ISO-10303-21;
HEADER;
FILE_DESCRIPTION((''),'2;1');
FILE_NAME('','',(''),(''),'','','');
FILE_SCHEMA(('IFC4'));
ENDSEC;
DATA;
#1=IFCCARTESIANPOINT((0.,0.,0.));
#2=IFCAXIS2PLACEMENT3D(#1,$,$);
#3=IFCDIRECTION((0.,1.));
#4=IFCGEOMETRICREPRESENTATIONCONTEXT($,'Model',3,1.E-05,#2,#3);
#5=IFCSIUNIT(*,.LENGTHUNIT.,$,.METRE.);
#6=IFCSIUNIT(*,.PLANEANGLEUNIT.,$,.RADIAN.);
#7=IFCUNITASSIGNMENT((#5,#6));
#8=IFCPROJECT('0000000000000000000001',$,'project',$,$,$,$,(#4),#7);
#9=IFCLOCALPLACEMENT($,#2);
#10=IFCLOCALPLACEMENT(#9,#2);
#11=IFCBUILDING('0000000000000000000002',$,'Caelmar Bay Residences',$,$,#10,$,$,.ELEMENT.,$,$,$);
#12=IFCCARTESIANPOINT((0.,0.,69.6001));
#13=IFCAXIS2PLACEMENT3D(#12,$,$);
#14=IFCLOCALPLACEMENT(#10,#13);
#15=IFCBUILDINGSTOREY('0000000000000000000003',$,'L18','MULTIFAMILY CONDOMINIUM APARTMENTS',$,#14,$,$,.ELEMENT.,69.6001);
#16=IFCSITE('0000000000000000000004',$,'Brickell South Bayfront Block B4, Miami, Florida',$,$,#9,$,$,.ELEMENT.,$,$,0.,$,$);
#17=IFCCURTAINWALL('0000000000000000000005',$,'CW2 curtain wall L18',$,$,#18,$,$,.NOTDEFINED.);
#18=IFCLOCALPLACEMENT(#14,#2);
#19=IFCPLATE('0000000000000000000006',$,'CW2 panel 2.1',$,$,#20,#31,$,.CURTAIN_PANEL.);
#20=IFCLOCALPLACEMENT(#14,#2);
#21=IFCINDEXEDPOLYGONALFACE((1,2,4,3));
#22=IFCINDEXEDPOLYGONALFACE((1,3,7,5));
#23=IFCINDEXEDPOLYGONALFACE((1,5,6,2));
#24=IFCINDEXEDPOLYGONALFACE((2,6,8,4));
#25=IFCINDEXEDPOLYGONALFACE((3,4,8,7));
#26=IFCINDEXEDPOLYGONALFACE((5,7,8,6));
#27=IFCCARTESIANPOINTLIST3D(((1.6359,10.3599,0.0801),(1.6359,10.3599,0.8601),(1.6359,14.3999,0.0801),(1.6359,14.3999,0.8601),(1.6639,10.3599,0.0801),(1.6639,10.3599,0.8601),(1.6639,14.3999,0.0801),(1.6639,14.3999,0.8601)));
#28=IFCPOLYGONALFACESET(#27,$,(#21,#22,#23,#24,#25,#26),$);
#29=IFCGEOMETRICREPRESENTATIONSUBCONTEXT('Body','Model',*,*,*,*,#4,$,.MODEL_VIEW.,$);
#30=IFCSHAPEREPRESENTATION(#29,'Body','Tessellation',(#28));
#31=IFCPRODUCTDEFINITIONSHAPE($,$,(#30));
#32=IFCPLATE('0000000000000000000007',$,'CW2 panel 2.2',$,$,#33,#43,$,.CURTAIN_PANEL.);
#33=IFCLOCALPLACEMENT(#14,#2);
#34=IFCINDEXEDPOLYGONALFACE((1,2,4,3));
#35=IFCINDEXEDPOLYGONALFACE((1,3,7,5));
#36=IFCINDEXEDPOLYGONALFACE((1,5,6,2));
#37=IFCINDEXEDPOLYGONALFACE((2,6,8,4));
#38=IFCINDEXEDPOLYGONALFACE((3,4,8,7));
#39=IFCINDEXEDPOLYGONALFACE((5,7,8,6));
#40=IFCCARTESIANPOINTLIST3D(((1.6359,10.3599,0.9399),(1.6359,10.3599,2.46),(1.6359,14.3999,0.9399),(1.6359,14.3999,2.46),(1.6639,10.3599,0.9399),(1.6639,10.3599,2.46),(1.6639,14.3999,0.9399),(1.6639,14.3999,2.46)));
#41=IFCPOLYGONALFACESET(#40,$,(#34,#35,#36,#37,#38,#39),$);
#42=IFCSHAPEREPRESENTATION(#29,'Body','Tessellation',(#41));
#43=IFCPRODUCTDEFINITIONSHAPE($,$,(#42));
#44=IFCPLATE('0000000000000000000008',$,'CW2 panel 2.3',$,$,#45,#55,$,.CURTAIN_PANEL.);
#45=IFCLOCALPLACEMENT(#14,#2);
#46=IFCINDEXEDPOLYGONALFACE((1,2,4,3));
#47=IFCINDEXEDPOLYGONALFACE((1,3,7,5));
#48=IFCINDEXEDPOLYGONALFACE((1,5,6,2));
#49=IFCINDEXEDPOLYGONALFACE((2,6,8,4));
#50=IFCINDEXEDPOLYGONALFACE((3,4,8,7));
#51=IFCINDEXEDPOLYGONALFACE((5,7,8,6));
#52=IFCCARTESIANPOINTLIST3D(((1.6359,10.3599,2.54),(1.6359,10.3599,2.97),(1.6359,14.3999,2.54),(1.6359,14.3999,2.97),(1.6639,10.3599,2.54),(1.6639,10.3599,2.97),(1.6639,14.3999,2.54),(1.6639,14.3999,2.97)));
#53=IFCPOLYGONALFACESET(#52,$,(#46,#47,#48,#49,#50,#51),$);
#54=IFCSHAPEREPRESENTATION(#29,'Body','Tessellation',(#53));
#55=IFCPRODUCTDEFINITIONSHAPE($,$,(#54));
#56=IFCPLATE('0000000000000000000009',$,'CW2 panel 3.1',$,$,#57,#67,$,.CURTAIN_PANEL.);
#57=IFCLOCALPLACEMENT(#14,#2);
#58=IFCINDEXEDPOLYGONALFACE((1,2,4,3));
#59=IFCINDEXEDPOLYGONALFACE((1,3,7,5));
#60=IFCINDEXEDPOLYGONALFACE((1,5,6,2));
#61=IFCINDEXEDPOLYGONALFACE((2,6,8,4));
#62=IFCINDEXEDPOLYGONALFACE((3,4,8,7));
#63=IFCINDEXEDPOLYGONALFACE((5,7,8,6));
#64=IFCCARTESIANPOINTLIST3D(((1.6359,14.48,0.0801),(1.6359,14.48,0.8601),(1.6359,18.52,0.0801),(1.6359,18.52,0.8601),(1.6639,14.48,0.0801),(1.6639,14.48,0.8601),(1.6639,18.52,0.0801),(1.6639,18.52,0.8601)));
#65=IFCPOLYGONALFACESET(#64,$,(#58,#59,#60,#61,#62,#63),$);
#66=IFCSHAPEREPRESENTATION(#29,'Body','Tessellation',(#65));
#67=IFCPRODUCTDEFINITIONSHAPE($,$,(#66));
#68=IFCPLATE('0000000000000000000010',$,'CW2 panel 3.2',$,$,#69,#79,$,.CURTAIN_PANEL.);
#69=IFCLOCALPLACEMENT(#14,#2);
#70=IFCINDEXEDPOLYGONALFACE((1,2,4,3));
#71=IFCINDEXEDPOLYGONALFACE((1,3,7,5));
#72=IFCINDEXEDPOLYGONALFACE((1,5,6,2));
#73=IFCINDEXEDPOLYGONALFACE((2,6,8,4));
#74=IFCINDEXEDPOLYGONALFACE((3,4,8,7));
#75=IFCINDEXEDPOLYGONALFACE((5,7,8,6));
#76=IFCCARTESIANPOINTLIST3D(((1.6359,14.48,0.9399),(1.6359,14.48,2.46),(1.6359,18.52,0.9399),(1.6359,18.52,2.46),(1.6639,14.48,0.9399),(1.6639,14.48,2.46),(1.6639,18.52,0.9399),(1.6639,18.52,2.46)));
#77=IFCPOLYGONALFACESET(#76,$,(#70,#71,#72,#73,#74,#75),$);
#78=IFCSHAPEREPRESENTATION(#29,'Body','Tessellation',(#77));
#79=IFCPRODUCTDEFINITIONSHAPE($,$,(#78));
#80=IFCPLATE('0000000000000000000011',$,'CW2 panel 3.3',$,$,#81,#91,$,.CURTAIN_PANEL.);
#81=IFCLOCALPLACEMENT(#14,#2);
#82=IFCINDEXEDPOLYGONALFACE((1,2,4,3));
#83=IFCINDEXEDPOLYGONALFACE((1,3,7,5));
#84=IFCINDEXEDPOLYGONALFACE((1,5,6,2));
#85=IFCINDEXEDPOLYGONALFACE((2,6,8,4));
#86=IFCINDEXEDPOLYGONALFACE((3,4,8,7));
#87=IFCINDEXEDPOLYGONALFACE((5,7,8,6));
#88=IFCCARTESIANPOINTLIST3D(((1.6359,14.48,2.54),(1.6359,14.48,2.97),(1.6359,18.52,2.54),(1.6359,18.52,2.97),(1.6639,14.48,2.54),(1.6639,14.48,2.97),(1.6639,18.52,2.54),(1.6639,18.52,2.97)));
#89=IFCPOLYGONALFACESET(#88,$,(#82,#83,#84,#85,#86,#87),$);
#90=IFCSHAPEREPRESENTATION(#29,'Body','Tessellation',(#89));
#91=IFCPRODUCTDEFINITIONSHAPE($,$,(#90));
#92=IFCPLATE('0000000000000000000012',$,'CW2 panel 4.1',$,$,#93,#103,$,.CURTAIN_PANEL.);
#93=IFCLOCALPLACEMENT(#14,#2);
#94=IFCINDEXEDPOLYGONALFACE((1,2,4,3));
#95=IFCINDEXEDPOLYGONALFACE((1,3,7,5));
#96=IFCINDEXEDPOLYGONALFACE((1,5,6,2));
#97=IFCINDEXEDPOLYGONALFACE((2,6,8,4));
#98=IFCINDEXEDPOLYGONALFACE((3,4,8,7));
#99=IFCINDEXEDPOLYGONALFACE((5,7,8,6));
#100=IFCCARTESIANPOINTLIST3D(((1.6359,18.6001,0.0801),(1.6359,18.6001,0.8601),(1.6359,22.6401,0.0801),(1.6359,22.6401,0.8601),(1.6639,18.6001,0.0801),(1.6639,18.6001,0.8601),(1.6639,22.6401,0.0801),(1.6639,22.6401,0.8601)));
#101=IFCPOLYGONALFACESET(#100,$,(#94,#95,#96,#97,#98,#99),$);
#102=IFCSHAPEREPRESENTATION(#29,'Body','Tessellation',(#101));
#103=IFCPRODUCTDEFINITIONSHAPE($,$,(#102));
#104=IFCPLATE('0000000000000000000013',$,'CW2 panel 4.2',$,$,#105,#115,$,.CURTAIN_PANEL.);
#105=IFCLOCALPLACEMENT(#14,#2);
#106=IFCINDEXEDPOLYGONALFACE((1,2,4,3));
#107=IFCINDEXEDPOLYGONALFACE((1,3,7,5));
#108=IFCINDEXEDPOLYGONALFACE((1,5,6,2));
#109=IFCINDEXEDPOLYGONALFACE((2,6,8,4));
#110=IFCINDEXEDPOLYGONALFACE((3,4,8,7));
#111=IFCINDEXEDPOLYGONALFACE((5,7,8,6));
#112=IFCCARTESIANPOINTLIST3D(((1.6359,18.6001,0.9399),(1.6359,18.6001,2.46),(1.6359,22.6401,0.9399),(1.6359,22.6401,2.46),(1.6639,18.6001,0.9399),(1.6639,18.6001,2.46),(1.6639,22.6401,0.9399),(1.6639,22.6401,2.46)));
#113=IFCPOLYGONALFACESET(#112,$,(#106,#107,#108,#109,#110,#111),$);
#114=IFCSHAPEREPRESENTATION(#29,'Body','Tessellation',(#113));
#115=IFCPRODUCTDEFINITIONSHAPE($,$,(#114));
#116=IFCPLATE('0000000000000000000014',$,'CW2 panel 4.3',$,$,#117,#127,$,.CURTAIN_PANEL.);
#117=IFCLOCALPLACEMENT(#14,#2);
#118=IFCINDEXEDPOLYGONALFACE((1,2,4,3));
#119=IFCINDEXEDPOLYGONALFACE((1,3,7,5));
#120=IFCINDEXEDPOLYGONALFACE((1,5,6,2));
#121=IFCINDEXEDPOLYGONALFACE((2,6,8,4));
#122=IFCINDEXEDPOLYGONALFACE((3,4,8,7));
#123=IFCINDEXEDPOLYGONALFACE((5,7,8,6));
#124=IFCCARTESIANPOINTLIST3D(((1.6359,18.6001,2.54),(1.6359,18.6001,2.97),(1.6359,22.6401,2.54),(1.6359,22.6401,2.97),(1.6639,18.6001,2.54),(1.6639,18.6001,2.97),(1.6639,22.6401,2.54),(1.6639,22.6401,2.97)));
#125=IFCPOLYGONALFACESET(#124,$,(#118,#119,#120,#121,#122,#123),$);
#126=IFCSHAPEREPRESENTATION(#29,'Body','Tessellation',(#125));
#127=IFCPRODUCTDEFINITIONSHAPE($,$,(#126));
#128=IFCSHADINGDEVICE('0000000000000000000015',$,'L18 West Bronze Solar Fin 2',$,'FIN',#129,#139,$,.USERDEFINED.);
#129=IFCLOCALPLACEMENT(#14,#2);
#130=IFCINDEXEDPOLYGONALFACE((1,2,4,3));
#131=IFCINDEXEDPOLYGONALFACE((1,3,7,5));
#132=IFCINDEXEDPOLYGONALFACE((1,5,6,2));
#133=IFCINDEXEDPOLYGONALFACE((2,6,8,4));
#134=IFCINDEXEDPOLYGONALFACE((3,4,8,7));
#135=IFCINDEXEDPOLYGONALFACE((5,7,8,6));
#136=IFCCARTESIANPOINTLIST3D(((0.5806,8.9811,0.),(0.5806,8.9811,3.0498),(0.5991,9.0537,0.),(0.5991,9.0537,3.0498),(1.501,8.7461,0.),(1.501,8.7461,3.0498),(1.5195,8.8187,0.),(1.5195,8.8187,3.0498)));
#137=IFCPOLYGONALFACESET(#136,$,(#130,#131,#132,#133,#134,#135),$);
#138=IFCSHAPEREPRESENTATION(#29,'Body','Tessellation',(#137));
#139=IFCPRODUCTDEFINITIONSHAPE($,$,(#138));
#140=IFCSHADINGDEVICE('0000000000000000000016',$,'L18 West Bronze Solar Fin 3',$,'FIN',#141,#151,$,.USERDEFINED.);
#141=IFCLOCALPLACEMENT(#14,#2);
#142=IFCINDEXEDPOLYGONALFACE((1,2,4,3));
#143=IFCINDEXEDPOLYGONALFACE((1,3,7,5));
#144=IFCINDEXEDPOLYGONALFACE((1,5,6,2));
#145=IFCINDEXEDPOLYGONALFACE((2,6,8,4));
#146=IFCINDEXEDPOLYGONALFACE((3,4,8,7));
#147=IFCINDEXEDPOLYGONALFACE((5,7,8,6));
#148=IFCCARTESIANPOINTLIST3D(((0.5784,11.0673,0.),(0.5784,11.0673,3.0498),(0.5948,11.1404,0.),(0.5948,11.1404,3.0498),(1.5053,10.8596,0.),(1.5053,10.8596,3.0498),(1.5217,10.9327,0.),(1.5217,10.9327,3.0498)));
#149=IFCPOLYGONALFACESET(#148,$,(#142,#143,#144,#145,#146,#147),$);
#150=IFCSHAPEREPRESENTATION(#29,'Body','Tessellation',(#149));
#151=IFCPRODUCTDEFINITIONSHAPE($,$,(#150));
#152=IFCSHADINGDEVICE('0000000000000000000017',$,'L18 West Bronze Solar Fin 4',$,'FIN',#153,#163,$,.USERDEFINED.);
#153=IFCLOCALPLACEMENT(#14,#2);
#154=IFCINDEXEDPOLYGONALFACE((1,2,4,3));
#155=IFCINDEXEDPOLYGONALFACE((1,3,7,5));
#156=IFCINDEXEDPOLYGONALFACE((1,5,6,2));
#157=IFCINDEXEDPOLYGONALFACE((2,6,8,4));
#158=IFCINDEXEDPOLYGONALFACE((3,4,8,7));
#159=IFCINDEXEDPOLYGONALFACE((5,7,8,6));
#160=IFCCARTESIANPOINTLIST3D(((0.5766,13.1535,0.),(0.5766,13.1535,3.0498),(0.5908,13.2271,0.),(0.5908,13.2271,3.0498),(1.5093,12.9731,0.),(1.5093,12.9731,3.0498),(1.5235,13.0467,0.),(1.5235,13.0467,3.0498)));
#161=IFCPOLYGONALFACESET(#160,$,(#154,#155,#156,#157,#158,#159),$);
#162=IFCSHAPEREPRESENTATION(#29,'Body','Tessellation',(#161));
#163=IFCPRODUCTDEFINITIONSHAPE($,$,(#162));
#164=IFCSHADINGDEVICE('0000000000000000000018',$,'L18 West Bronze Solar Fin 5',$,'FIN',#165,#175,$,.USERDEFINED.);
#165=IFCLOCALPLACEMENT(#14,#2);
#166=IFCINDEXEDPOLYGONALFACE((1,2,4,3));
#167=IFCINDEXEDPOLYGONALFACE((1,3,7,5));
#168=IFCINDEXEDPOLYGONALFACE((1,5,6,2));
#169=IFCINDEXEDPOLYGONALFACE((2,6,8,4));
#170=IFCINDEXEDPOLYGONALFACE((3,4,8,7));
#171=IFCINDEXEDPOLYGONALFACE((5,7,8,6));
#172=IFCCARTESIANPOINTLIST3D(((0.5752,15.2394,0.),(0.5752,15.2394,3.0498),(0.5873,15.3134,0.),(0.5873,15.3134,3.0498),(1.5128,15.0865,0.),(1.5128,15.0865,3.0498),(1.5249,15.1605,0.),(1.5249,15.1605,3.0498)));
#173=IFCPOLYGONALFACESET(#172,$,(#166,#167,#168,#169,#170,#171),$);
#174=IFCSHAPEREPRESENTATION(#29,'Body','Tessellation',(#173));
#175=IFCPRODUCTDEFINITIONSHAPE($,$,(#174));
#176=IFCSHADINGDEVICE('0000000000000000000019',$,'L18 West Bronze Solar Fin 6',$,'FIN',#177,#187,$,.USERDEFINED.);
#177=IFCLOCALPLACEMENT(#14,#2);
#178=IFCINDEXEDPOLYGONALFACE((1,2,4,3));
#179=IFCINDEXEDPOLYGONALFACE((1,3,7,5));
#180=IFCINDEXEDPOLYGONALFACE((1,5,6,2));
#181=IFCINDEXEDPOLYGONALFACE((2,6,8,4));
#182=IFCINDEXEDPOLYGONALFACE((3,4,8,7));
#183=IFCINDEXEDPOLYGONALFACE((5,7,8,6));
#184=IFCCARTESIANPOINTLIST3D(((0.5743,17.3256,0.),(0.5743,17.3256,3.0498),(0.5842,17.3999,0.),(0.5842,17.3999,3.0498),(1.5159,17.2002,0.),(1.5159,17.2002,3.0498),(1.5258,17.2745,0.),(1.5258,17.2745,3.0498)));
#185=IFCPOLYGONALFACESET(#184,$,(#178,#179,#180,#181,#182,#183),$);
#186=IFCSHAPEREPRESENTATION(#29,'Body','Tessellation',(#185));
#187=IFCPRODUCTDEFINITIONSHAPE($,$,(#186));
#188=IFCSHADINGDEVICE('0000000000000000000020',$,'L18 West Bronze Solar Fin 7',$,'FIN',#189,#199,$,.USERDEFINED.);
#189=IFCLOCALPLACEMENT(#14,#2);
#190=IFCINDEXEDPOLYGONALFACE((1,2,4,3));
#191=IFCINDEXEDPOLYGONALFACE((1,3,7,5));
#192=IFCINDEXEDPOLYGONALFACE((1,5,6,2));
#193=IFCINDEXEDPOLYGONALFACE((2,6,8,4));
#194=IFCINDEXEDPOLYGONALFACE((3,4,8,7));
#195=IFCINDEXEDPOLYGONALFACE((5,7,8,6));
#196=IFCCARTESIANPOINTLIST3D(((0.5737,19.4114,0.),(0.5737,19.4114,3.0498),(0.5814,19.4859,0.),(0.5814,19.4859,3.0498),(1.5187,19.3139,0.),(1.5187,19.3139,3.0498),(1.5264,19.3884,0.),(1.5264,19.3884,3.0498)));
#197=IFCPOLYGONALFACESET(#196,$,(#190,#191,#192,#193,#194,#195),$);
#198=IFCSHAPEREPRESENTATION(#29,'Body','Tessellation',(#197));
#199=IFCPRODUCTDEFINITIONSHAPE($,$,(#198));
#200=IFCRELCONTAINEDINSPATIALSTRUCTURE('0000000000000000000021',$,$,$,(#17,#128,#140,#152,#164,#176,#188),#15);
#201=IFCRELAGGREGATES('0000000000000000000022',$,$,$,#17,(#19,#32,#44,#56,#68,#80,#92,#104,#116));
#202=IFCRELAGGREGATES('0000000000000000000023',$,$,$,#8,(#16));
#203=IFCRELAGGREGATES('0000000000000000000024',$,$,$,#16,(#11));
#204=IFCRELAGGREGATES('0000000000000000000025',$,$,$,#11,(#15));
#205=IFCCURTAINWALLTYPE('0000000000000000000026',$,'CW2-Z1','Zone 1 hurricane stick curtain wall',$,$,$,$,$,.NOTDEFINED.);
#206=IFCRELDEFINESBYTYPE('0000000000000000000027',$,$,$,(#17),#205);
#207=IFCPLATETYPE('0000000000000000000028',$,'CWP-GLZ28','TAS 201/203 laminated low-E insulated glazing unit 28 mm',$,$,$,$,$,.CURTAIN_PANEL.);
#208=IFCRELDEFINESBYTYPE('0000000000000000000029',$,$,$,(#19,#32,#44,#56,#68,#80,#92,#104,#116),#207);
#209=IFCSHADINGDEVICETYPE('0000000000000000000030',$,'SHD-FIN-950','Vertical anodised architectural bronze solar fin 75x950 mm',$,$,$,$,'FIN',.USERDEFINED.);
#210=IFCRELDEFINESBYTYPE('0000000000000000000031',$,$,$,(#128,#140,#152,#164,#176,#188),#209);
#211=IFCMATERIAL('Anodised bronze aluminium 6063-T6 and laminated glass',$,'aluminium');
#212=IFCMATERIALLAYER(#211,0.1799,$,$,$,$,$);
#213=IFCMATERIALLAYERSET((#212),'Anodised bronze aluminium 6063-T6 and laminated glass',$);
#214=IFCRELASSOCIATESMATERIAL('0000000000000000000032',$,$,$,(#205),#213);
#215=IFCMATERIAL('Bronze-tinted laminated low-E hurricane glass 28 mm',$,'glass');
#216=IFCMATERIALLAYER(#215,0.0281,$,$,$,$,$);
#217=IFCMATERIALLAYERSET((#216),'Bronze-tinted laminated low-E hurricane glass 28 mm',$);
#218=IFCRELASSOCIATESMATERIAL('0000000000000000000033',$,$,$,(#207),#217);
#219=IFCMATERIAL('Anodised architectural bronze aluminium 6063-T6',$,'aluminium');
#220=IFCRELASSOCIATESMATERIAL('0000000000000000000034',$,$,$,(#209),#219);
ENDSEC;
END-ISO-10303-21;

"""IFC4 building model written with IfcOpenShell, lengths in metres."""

from ifc_helpers import new_model, si_unit, direction, frame, origin, origin_2d, place, context, subcontext, project, spatial, rectangle, extrude, material, layer, layer_set, material_profile, profile_set, type_object, element, aggregate, save


model = new_model("IFC4")

# Units and contexts
model_context = context("Model", 3, precision=1e-05, world=origin(), true_north=direction((0.0, 1.0)))
body_context = subcontext(model_context, "Body", "Model", "MODEL_VIEW")
ifc_project = project(units=[si_unit("LENGTHUNIT", "METRE"), si_unit("PLANEANGLEUNIT", "RADIAN")], contexts=[model_context])

# Site, building, storey
site_placement = place(None, origin())
site = spatial("IfcSite", under=ifc_project, at=site_placement, Name="Brickell South Bayfront Block B4, Miami, Florida", CompositionType="ELEMENT", RefElevation=0.0)
building_placement = place(site_placement, origin())
building = spatial("IfcBuilding", under=site, at=building_placement, Name="Caelmar Bay Residences", CompositionType="ELEMENT")
storey_placement = place(building_placement, frame((0.0, 0.0, 69.6001)))
storey = spatial("IfcBuildingStorey", under=building, at=storey_placement, Name="L18", Description="MULTIFAMILY CONDOMINIUM APARTMENTS", CompositionType="ELEMENT", Elevation=69.6001)

# Curtain wall, plates
ifc_material_1 = material(Name="Anodised bronze aluminium 6063-T6 and laminated glass", Category="aluminium")
ifc_layer_1 = layer(ifc_material_1, 0.1799)
ifc_layer_set_1 = layer_set([ifc_layer_1], Name="Anodised bronze aluminium 6063-T6 and laminated glass")
curtain_wall_type = type_object("IfcCurtainWallType", Name="CW2-Z1", Description="Zone 1 hurricane stick curtain wall", PredefinedType="NOTDEFINED", material=ifc_layer_set_1)
curtain_wall_placement = place(storey_placement, origin())
curtain_wall = element("IfcCurtainWall", 1, at=curtain_wall_placement, inside=storey, type_object=curtain_wall_type, Name="CW2 curtain wall L18", PredefinedType="NOTDEFINED")
ifc_material_2 = material(Name="Bronze-tinted laminated low-E hurricane glass 28 mm", Category="glass")
ifc_layer_2 = layer(ifc_material_2, 0.0281)
ifc_layer_set_2 = layer_set([ifc_layer_2], Name="Bronze-tinted laminated low-E hurricane glass 28 mm")
plate_type = type_object("IfcPlateType", Name="CWP-GLZ28", Description="TAS 201/203 laminated low-E insulated glazing unit 28 mm", PredefinedType="CURTAIN_PANEL", material=ifc_layer_set_2)
plate_1_placement = place(storey_placement, frame((1.6499, 12.3799, 0.0801), z_axis=(0.0, 0.0, 1.0), x_axis=(0.0, 1.0, 0.0)))
plate_1 = element("IfcPlate", 2, at=plate_1_placement, type_object=plate_type, Name="CW2 panel 2.1", PredefinedType="CURTAIN_PANEL", context=body_context, shape_type="SweptSolid", body=[
    extrude(rectangle(XDim=4.04, YDim=0.0281, at=origin_2d()), origin(), (0.0, 0.0, 1.0), 0.78),
])
plate_2_placement = place(storey_placement, frame((1.6499, 12.3799, 0.9399), z_axis=(0.0, 0.0, 1.0), x_axis=(0.0, 1.0, 0.0)))
plate_2 = element("IfcPlate", 3, at=plate_2_placement, type_object=plate_type, Name="CW2 panel 2.2", PredefinedType="CURTAIN_PANEL", context=body_context, shape_type="SweptSolid", body=[
    extrude(rectangle(XDim=4.04, YDim=0.0281, at=origin_2d()), origin(), (0.0, 0.0, 1.0), 1.52),
])
plate_3_placement = place(storey_placement, frame((1.6499, 12.3799, 2.54), z_axis=(0.0, 0.0, 1.0), x_axis=(0.0, 1.0, 0.0)))
plate_3 = element("IfcPlate", 4, at=plate_3_placement, type_object=plate_type, Name="CW2 panel 2.3", PredefinedType="CURTAIN_PANEL", context=body_context, shape_type="SweptSolid", body=[
    extrude(rectangle(XDim=4.04, YDim=0.0281, at=origin_2d()), origin(), (0.0, 0.0, 1.0), 0.4299),
])
plate_4_placement = place(storey_placement, frame((1.6499, 16.5, 0.0801), z_axis=(0.0, 0.0, 1.0), x_axis=(0.0, 1.0, 0.0)))
plate_4 = element("IfcPlate", 5, at=plate_4_placement, type_object=plate_type, Name="CW2 panel 3.1", PredefinedType="CURTAIN_PANEL", context=body_context, shape_type="SweptSolid", body=[
    extrude(rectangle(XDim=4.04, YDim=0.0281, at=origin_2d()), origin(), (0.0, 0.0, 1.0), 0.78),
])
plate_5_placement = place(storey_placement, frame((1.6499, 16.5, 0.9399), z_axis=(0.0, 0.0, 1.0), x_axis=(0.0, 1.0, 0.0)))
plate_5 = element("IfcPlate", 6, at=plate_5_placement, type_object=plate_type, Name="CW2 panel 3.2", PredefinedType="CURTAIN_PANEL", context=body_context, shape_type="SweptSolid", body=[
    extrude(rectangle(XDim=4.04, YDim=0.0281, at=origin_2d()), origin(), (0.0, 0.0, 1.0), 1.52),
])
plate_6_placement = place(storey_placement, frame((1.6499, 16.5, 2.54), z_axis=(0.0, 0.0, 1.0), x_axis=(0.0, 1.0, 0.0)))
plate_6 = element("IfcPlate", 7, at=plate_6_placement, type_object=plate_type, Name="CW2 panel 3.3", PredefinedType="CURTAIN_PANEL", context=body_context, shape_type="SweptSolid", body=[
    extrude(rectangle(XDim=4.04, YDim=0.0281, at=origin_2d()), origin(), (0.0, 0.0, 1.0), 0.4299),
])
plate_7_placement = place(storey_placement, frame((1.6499, 20.6201, 0.0801), z_axis=(0.0, 0.0, 1.0), x_axis=(0.0, 1.0, 0.0)))
plate_7 = element("IfcPlate", 8, at=plate_7_placement, type_object=plate_type, Name="CW2 panel 4.1", PredefinedType="CURTAIN_PANEL", context=body_context, shape_type="SweptSolid", body=[
    extrude(rectangle(XDim=4.04, YDim=0.0281, at=origin_2d()), origin(), (0.0, 0.0, 1.0), 0.78),
])
plate_8_placement = place(storey_placement, frame((1.6499, 20.6201, 0.9399), z_axis=(0.0, 0.0, 1.0), x_axis=(0.0, 1.0, 0.0)))
plate_8 = element("IfcPlate", 9, at=plate_8_placement, type_object=plate_type, Name="CW2 panel 4.2", PredefinedType="CURTAIN_PANEL", context=body_context, shape_type="SweptSolid", body=[
    extrude(rectangle(XDim=4.04, YDim=0.0281, at=origin_2d()), origin(), (0.0, 0.0, 1.0), 1.52),
])
plate_9_placement = place(storey_placement, frame((1.6499, 20.6201, 2.54), z_axis=(0.0, 0.0, 1.0), x_axis=(0.0, 1.0, 0.0)))
plate_9 = element("IfcPlate", 10, at=plate_9_placement, type_object=plate_type, Name="CW2 panel 4.3", PredefinedType="CURTAIN_PANEL", context=body_context, shape_type="SweptSolid", body=[
    extrude(rectangle(XDim=4.04, YDim=0.0281, at=origin_2d()), origin(), (0.0, 0.0, 1.0), 0.4299),
])
aggregate(curtain_wall, [plate_1, plate_2, plate_3, plate_4, plate_5, plate_6, plate_7, plate_8, plate_9])

# Shading devices
ifc_material_3 = material(Name="Anodised architectural bronze aluminium 6063-T6", Category="aluminium")
ifc_material_profile_1 = material_profile(ifc_material_3, rectangle(XDim=0.075, YDim=0.95, at=origin_2d()), Name="BRONZE-FIN-75X950")
ifc_profile_set_1 = profile_set([ifc_material_profile_1], Name="Anodised architectural bronze aluminium 6063-T6")
shading_device_type = type_object("IfcShadingDeviceType", Name="SHD-FIN-950", Description="Vertical anodised architectural bronze solar fin 75x950 mm", ElementType="FIN", PredefinedType="USERDEFINED", material=ifc_profile_set_1)
for number, where, z_axis, x_axis, name in (
    (11, (1.05, 8.8999, 0.0), (0.0, 0.0, 1.0), (0.247337, 0.968929, 0.0), "L18 West Bronze Solar Fin 2"),
    (12, (1.05, 11.0, 0.0), (0.0, 0.0, 1.0), (0.218654, 0.975802, 0.0), "L18 West Bronze Solar Fin 3"),
    (13, (1.05, 13.1001, 0.0), (0.0, 0.0, 1.0), (0.189952, 0.981793, 0.0), "L18 West Bronze Solar Fin 4"),
    (14, (1.05, 15.2, 0.0), (0.0, 0.0, 1.0), (0.160915, 0.986968, 0.0), "L18 West Bronze Solar Fin 5"),
    (15, (1.05, 17.3, 0.0), (0.0, 0.0, 1.0), (0.13191, 0.991262, 0.0), "L18 West Bronze Solar Fin 6"),
    (16, (1.05, 19.3999, 0.0), (0.0, 0.0, 1.0), (0.102619, 0.994721, 0.0), "L18 West Bronze Solar Fin 7"),
):
    element("IfcShadingDevice", number, at=place(storey_placement, frame(where, z_axis=z_axis, x_axis=x_axis)), inside=storey, type_object=shading_device_type, Name=name, ObjectType="FIN", PredefinedType="USERDEFINED", context=body_context, shape_type="SweptSolid", body=[
        extrude(rectangle(XDim=0.075, YDim=0.95, at=origin_2d()), origin(), (0.0, 0.0, 1.0), 3.0498),
    ])

save(model, "model.ifc")
